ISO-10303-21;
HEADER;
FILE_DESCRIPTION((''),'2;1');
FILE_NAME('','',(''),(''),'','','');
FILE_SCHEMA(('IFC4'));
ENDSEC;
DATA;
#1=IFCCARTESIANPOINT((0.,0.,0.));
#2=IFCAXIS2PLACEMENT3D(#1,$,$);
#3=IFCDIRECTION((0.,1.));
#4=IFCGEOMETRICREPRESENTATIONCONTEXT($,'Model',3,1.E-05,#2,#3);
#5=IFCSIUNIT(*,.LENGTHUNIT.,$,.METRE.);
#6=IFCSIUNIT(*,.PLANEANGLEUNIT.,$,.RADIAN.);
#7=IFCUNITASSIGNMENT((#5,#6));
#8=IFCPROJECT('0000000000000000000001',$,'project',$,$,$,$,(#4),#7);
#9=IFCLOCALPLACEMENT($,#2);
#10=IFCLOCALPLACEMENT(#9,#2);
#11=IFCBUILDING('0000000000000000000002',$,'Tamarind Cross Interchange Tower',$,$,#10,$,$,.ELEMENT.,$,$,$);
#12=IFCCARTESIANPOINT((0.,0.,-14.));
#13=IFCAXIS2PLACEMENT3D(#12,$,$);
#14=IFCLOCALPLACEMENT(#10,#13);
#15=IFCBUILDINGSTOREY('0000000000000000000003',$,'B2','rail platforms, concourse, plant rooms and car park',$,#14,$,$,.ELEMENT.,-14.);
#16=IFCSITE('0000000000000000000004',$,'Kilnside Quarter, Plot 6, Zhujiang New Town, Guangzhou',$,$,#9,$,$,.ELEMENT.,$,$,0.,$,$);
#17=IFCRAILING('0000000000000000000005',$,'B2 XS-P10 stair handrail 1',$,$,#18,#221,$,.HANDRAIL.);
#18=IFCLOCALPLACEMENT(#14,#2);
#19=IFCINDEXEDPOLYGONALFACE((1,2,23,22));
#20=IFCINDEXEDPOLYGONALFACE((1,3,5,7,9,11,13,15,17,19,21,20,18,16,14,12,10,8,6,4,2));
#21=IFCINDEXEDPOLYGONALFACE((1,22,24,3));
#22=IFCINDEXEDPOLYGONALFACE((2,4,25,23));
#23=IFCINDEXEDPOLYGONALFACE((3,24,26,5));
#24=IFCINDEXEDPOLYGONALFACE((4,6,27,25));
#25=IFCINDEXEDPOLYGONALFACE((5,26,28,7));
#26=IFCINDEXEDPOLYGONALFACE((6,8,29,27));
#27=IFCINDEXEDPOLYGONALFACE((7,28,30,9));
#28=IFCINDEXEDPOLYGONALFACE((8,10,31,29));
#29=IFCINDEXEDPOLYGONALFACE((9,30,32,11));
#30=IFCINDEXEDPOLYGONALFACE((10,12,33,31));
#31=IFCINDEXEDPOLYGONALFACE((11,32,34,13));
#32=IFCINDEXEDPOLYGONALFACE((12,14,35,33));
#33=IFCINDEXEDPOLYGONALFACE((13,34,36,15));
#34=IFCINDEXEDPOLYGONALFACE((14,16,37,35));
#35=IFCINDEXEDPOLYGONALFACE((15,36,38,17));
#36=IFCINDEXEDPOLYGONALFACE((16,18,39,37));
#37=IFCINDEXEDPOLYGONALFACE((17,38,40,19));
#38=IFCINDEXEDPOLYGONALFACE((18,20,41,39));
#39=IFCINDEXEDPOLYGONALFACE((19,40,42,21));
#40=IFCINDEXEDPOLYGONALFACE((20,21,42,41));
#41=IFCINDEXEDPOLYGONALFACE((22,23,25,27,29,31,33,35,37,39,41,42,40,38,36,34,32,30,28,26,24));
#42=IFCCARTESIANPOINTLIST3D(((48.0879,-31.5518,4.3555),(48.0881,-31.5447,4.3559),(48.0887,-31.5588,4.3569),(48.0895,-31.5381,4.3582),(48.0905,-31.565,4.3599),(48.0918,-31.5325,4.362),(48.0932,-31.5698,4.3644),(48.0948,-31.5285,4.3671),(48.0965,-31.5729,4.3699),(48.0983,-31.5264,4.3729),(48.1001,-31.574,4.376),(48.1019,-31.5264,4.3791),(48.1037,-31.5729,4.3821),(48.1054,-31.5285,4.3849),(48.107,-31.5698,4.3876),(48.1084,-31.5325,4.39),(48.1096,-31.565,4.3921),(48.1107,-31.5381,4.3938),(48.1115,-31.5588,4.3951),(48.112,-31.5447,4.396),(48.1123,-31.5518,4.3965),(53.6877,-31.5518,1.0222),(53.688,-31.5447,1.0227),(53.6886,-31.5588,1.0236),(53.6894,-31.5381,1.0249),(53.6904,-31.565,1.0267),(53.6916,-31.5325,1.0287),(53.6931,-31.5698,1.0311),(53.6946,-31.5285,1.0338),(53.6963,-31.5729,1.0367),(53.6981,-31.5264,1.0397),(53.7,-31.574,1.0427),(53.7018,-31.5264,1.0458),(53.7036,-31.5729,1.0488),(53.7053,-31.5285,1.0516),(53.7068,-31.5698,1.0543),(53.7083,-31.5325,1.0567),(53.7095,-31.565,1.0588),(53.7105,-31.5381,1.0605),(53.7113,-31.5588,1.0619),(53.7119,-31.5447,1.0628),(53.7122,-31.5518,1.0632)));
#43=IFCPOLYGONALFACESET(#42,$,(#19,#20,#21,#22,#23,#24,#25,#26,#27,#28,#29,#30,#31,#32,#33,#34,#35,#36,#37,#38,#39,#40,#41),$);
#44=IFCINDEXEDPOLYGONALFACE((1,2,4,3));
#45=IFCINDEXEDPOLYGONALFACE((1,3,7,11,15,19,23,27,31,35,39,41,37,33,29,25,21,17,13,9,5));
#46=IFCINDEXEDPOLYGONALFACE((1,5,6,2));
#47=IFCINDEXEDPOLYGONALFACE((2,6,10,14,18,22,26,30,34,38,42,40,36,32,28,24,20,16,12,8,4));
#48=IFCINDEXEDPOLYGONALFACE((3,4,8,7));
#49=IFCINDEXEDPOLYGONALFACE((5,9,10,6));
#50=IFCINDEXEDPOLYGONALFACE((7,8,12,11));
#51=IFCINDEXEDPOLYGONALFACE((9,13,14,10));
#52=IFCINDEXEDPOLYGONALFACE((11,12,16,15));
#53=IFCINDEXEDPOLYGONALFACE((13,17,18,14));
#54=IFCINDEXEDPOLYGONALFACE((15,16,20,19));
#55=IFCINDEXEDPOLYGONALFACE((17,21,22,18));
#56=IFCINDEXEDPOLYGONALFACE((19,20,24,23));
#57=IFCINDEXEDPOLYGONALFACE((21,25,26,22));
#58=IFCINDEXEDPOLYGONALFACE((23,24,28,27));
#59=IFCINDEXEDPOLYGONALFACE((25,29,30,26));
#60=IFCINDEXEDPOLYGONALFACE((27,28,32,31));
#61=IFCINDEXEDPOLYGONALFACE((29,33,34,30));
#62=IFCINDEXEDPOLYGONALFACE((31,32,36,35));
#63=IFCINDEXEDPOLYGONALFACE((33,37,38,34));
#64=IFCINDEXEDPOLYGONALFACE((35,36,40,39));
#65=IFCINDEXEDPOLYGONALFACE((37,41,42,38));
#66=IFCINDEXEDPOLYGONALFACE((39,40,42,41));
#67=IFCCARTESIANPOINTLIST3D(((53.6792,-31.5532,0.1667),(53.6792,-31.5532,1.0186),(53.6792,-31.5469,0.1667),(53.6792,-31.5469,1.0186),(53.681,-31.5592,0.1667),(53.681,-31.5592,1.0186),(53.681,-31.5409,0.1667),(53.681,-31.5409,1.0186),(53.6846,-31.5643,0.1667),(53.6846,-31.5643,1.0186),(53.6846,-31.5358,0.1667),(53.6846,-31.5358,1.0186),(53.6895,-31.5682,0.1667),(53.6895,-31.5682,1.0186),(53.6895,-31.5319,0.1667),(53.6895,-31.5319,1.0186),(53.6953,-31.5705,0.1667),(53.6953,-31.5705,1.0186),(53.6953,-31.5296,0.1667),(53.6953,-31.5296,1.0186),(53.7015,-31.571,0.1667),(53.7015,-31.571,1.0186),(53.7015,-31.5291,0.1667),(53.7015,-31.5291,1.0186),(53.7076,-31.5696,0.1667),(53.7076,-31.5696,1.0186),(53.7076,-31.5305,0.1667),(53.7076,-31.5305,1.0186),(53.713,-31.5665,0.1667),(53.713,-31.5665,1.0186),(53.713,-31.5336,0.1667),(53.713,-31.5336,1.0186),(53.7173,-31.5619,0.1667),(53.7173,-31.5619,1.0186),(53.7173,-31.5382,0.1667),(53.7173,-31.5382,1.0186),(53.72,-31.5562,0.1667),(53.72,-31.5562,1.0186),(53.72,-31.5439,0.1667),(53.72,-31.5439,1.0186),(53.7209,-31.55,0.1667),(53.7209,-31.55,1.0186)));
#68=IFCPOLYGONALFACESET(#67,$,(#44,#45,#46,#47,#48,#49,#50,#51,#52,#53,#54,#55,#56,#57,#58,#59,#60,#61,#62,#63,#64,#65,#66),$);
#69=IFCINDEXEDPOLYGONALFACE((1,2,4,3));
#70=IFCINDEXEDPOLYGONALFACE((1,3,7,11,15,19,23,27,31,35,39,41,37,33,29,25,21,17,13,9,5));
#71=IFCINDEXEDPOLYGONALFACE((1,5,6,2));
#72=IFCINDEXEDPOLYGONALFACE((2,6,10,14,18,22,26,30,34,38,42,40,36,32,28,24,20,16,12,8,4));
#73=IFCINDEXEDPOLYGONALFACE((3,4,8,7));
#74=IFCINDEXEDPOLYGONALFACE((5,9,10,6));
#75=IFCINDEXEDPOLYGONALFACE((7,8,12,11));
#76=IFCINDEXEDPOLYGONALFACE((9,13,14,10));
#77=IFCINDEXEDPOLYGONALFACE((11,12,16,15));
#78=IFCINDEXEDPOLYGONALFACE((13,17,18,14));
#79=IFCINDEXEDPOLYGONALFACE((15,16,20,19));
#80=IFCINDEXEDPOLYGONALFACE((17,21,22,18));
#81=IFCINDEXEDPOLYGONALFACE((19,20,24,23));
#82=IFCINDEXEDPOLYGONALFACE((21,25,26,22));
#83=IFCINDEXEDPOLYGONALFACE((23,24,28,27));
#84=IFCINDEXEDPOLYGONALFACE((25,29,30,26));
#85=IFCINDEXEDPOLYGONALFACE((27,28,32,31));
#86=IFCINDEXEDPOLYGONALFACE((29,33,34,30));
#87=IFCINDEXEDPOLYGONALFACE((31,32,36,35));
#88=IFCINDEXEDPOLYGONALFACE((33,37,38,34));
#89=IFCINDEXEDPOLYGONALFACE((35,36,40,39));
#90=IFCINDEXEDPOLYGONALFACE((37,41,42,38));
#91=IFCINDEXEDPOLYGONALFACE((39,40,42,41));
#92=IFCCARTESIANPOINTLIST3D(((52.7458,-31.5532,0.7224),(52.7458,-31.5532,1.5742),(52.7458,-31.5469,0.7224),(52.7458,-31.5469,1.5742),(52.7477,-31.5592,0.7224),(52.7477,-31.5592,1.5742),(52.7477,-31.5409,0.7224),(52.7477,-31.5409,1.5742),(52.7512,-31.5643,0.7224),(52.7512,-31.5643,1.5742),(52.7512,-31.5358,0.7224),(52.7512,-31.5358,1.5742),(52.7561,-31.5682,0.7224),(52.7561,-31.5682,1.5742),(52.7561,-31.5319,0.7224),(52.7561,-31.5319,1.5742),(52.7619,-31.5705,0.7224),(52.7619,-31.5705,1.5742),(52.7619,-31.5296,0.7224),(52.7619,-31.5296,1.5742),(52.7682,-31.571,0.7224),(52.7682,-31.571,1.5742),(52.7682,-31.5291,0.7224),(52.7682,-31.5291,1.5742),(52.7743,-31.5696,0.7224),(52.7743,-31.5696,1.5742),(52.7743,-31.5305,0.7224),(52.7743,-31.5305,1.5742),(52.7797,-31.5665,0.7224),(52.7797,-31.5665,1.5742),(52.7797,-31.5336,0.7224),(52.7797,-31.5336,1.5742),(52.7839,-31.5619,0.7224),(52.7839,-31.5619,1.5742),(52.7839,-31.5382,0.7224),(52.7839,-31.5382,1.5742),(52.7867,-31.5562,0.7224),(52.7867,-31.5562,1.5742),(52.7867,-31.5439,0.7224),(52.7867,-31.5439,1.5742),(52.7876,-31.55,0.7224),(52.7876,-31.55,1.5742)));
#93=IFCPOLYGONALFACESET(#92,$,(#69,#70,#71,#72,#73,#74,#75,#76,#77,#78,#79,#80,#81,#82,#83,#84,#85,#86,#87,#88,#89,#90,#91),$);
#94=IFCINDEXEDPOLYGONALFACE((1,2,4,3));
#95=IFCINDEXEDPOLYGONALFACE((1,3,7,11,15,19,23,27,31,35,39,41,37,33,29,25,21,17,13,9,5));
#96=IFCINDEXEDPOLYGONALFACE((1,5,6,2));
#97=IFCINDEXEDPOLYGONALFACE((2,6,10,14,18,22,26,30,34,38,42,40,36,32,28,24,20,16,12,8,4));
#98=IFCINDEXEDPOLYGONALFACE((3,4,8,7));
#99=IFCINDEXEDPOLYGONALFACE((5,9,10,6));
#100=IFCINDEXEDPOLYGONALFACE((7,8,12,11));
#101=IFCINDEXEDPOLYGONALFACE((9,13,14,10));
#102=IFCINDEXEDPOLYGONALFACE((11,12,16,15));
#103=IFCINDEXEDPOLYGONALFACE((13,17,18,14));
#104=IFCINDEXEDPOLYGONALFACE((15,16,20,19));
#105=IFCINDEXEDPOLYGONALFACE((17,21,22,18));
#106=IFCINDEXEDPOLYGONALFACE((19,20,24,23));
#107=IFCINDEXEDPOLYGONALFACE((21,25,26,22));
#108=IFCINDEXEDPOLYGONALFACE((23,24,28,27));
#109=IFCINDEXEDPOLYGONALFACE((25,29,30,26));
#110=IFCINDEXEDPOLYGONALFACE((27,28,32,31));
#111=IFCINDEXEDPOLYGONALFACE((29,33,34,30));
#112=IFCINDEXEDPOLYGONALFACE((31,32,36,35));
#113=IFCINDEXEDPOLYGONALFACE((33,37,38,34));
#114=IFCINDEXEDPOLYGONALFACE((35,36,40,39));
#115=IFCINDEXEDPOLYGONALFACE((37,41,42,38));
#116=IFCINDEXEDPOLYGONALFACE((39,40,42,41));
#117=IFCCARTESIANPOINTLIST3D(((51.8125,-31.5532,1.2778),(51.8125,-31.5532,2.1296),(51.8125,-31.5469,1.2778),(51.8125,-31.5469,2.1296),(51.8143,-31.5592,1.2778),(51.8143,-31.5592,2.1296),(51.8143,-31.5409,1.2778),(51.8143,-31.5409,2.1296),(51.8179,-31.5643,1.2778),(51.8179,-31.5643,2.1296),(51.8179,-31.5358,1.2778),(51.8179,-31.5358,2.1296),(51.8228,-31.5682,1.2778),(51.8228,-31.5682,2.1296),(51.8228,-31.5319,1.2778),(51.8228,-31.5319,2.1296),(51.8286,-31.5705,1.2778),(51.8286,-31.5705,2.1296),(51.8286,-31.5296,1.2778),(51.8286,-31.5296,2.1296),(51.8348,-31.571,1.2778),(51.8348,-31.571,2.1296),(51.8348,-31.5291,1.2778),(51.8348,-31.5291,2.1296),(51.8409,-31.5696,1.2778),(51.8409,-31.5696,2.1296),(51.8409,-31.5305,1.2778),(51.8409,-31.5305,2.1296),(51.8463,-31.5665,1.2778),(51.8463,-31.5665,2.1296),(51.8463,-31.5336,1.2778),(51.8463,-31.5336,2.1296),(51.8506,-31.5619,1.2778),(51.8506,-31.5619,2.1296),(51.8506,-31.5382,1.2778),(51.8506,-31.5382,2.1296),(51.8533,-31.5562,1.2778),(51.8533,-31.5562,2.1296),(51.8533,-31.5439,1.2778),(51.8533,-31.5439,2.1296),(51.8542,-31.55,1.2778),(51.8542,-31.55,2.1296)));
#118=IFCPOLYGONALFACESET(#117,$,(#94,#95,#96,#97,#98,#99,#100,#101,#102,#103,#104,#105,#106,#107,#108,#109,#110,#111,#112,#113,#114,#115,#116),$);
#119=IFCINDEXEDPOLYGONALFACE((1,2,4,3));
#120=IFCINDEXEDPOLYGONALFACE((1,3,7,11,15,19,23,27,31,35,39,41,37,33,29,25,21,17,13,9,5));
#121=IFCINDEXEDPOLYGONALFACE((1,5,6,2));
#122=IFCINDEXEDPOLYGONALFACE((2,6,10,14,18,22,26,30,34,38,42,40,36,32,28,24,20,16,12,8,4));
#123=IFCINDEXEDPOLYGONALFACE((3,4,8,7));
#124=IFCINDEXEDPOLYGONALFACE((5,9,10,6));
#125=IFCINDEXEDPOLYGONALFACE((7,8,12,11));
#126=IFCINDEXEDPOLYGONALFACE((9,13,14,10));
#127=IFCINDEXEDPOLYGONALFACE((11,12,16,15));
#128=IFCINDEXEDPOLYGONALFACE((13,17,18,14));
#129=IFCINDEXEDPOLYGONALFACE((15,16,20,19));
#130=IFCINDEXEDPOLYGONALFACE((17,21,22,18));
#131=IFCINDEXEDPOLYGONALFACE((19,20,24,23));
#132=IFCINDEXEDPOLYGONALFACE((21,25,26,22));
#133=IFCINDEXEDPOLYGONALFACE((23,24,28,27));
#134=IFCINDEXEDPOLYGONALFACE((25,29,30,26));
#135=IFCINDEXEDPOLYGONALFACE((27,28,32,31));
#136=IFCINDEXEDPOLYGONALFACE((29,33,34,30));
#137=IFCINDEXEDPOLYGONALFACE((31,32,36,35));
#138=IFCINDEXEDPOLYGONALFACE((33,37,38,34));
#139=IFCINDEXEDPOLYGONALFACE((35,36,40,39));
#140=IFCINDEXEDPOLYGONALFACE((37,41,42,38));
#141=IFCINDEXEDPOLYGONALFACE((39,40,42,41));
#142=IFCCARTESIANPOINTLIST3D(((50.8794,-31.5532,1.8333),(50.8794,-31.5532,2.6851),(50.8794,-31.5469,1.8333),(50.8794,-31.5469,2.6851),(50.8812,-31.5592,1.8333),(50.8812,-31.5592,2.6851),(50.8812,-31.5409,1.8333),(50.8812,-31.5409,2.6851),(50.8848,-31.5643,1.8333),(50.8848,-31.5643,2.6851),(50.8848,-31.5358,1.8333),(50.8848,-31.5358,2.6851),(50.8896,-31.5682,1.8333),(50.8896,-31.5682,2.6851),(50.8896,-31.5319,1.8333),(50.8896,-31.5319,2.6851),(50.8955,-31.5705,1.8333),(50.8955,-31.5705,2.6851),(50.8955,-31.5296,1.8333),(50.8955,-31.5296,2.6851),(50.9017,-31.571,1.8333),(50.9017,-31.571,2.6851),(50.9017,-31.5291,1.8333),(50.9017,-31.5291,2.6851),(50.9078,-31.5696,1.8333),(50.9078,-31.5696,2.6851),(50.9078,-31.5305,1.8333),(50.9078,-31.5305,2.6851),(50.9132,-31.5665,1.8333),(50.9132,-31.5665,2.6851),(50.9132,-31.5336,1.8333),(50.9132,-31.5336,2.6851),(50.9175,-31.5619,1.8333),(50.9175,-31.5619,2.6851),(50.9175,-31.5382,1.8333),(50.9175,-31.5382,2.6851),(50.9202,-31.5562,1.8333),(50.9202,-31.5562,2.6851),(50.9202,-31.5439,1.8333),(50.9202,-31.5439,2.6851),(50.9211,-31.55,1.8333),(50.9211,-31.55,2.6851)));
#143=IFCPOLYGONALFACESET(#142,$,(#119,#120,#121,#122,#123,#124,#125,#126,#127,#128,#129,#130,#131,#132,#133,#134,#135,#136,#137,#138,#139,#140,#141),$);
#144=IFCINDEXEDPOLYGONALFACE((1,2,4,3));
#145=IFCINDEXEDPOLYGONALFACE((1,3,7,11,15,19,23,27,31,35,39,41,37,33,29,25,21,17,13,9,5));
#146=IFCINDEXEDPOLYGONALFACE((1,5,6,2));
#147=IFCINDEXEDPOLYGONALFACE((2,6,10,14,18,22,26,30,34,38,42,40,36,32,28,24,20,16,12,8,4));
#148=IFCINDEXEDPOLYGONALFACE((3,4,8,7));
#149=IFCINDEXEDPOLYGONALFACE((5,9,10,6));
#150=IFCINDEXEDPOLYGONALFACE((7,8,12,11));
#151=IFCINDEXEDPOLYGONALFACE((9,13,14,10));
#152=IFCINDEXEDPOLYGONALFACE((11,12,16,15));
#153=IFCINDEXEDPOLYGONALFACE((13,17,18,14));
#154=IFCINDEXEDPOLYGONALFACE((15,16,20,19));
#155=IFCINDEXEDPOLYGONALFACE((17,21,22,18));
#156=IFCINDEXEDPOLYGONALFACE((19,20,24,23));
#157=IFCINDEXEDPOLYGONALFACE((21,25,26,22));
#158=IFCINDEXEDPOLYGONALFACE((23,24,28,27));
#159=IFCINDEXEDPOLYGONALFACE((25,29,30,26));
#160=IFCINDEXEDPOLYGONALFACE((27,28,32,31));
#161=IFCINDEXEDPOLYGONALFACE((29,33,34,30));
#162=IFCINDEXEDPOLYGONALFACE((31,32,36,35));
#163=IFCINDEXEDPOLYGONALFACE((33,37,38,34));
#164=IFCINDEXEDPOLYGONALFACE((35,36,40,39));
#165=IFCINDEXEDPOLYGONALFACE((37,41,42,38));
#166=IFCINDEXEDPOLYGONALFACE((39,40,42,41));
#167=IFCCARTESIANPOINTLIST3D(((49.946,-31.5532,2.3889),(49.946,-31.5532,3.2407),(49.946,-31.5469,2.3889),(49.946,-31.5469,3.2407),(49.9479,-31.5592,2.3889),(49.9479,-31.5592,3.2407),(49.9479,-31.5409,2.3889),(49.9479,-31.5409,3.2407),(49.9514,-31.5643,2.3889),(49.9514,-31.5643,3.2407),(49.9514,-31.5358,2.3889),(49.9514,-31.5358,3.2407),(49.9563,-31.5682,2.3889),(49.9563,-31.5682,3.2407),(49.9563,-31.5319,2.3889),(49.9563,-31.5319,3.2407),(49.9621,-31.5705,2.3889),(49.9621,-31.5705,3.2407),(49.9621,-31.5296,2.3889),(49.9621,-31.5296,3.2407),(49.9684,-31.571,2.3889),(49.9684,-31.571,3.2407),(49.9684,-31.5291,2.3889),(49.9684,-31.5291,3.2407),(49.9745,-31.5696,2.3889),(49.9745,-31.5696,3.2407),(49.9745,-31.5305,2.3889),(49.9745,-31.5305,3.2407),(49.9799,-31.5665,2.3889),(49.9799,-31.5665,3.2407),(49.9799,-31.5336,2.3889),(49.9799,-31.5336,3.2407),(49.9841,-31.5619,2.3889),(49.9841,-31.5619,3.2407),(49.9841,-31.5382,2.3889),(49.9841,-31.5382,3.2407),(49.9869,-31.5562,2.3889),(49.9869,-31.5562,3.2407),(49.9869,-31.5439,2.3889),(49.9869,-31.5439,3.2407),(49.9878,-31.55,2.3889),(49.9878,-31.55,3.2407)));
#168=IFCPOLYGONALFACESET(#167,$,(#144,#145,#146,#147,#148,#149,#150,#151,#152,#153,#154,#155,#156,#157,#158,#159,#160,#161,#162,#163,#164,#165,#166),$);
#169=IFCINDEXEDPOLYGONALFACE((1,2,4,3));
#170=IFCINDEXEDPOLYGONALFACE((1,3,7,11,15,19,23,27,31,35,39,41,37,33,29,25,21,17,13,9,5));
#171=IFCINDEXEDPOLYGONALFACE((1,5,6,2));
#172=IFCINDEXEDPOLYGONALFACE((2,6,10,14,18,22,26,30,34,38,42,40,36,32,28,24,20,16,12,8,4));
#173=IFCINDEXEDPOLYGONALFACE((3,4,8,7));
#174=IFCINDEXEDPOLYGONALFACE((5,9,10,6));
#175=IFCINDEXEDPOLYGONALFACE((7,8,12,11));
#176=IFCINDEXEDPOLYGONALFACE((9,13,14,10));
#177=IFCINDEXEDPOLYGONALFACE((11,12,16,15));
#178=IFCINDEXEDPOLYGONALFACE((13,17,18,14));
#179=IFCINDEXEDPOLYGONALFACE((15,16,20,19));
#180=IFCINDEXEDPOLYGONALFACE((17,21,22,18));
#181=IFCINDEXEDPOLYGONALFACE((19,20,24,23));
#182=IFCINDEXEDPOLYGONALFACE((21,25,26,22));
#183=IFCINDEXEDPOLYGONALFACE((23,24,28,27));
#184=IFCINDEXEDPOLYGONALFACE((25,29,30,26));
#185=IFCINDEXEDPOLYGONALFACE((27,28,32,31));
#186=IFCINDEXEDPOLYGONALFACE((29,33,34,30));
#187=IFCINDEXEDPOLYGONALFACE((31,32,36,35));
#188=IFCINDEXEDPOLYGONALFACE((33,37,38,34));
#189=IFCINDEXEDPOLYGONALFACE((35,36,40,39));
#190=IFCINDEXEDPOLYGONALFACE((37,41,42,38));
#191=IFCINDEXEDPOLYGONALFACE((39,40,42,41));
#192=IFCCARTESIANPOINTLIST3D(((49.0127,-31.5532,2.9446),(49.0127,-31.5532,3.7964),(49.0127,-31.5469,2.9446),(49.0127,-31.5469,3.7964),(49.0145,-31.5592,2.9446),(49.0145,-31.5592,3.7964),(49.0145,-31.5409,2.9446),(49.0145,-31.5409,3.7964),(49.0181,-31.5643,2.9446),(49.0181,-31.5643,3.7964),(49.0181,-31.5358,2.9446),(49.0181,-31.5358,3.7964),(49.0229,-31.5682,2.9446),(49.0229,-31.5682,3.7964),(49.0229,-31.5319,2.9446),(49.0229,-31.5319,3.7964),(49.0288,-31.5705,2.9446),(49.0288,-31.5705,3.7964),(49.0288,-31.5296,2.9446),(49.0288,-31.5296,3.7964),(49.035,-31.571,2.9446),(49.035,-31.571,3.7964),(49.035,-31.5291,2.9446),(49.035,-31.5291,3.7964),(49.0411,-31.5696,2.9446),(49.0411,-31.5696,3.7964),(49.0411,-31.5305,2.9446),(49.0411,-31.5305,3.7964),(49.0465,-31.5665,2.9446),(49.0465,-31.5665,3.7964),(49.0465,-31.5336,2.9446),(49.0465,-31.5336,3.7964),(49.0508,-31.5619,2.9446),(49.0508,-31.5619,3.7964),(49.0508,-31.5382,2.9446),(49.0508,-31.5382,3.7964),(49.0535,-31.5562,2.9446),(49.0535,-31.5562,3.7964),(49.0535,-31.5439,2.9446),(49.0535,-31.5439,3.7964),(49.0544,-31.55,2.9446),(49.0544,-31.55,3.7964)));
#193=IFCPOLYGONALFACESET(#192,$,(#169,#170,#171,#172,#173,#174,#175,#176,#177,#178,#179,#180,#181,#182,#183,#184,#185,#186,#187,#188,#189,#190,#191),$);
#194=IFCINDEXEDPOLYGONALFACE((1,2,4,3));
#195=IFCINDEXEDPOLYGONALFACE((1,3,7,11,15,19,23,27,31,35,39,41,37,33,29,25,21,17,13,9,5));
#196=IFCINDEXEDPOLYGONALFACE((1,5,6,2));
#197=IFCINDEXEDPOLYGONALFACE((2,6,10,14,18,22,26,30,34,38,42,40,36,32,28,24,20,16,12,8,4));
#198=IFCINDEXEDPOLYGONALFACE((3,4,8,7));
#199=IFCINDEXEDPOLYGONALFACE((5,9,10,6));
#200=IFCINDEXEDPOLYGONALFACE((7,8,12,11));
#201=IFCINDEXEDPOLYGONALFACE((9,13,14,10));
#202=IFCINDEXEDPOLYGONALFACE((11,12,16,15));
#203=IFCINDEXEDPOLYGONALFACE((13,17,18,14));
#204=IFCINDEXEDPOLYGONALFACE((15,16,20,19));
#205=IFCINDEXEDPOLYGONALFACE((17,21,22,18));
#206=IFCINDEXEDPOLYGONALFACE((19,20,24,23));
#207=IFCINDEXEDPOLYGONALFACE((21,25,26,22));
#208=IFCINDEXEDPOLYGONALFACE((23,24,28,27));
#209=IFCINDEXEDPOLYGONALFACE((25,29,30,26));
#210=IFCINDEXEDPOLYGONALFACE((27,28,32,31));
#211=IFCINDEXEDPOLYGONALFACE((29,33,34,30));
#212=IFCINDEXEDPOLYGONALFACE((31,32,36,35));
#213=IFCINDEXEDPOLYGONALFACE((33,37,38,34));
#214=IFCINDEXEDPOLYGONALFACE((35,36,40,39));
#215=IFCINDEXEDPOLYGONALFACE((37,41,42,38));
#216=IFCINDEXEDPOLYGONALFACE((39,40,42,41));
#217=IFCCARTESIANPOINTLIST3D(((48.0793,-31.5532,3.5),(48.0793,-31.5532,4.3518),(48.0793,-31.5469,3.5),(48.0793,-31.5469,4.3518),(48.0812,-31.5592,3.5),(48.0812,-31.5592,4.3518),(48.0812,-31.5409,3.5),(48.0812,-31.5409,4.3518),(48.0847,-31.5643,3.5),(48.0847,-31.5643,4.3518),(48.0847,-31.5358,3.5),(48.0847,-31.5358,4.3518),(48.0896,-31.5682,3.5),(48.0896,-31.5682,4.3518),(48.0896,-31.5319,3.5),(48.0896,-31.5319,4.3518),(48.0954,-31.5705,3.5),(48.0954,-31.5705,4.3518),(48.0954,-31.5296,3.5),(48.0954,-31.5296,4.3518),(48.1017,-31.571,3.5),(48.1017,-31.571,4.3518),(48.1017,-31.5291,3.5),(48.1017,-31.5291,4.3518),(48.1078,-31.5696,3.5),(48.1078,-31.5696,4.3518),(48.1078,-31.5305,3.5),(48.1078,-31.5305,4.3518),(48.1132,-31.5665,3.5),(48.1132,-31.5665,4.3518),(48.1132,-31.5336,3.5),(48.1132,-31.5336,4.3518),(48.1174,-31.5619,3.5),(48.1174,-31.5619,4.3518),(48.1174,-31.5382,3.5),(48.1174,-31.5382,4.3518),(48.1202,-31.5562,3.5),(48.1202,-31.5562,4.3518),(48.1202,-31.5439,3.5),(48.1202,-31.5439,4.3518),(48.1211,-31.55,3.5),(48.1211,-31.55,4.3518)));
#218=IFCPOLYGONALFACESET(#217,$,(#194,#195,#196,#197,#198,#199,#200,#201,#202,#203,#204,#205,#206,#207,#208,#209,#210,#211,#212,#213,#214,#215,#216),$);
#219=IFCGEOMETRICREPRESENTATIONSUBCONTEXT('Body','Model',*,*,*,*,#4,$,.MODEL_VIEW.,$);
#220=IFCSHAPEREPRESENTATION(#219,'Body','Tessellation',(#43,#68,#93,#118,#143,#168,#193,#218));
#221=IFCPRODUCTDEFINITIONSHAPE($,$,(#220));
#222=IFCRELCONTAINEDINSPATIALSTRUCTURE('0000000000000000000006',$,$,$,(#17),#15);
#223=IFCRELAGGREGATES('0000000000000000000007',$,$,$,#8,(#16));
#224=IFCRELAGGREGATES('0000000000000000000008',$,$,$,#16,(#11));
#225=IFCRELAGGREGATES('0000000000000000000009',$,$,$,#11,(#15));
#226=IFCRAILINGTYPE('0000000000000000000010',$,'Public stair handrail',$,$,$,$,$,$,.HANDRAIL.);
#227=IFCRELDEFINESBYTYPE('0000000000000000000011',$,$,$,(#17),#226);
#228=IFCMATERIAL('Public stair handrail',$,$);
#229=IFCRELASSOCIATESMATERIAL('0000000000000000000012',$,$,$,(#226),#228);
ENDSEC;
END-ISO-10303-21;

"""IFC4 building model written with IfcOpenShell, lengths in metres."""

from ifc_helpers import new_model, si_unit, direction, frame, origin, origin_2d, place, context, subcontext, project, spatial, circle, extrude, material, type_object, element, save


model = new_model("IFC4")

# Units and contexts
model_context = context("Model", 3, precision=1e-05, world=origin(), true_north=direction((0.0, 1.0)))
body_context = subcontext(model_context, "Body", "Model", "MODEL_VIEW")
ifc_project = project(units=[si_unit("LENGTHUNIT", "METRE"), si_unit("PLANEANGLEUNIT", "RADIAN")], contexts=[model_context])

# Site, building, storey
site_placement = place(None, origin())
site = spatial("IfcSite", under=ifc_project, at=site_placement, Name="Kilnside Quarter, Plot 6, Zhujiang New Town, Guangzhou", CompositionType="ELEMENT", RefElevation=0.0)
building_placement = place(site_placement, origin())
building = spatial("IfcBuilding", under=site, at=building_placement, Name="Tamarind Cross Interchange Tower", CompositionType="ELEMENT")
storey_placement = place(building_placement, frame((0.0, 0.0, -14.0)))
storey = spatial("IfcBuildingStorey", under=building, at=storey_placement, Name="B2", Description="rail platforms, concourse, plant rooms and car park", CompositionType="ELEMENT", Elevation=-14.0)

# Railing
ifc_material_1 = material(Name="Public stair handrail")
railing_type_1 = type_object("IfcRailingType", Name="Public stair handrail", PredefinedType="HANDRAIL", material=ifc_material_1)
railing_1_placement = place(storey_placement, frame((53.7, -31.55, 0.1667)))
element("IfcRailing", 1, at=railing_1_placement, inside=storey, type_object=railing_type_1, Name="B2 XS-P10 stair handrail 1", PredefinedType="HANDRAIL", context=body_context, shape_type="SweptSolid", body=[
    extrude(circle(Radius=0.0239, at=origin_2d()), frame((0.0, 0.0, 0.876), z_axis=(-0.859292, 0.0, 0.511485), x_axis=(0.0, -1.0, 0.0)), (0.0, 0.0, 1.0), 6.5168),
    extrude(circle(Radius=0.021, at=origin_2d()), origin(), (0.0, 0.0, 1.0), 0.8518),
    extrude(circle(Radius=0.021, at=origin_2d()), frame((-0.9333, 0.0, 0.5557)), (0.0, 0.0, 1.0), 0.8518),
    extrude(circle(Radius=0.021, at=origin_2d()), frame((-1.8667, 0.0, 1.1111)), (0.0, 0.0, 1.0), 0.8518),
    extrude(circle(Radius=0.021, at=origin_2d()), frame((-2.7998, 0.0, 1.6665)), (0.0, 0.0, 1.0), 0.8518),
    extrude(circle(Radius=0.021, at=origin_2d()), frame((-3.7332, 0.0, 2.2222)), (0.0, 0.0, 1.0), 0.8518),
    extrude(circle(Radius=0.021, at=origin_2d()), frame((-4.6665, 0.0, 2.7778)), (0.0, 0.0, 1.0), 0.8518),
    extrude(circle(Radius=0.021, at=origin_2d()), frame((-5.5999, 0.0, 3.3333)), (0.0, 0.0, 1.0), 0.8518),
])

save(model, "model.ifc")
